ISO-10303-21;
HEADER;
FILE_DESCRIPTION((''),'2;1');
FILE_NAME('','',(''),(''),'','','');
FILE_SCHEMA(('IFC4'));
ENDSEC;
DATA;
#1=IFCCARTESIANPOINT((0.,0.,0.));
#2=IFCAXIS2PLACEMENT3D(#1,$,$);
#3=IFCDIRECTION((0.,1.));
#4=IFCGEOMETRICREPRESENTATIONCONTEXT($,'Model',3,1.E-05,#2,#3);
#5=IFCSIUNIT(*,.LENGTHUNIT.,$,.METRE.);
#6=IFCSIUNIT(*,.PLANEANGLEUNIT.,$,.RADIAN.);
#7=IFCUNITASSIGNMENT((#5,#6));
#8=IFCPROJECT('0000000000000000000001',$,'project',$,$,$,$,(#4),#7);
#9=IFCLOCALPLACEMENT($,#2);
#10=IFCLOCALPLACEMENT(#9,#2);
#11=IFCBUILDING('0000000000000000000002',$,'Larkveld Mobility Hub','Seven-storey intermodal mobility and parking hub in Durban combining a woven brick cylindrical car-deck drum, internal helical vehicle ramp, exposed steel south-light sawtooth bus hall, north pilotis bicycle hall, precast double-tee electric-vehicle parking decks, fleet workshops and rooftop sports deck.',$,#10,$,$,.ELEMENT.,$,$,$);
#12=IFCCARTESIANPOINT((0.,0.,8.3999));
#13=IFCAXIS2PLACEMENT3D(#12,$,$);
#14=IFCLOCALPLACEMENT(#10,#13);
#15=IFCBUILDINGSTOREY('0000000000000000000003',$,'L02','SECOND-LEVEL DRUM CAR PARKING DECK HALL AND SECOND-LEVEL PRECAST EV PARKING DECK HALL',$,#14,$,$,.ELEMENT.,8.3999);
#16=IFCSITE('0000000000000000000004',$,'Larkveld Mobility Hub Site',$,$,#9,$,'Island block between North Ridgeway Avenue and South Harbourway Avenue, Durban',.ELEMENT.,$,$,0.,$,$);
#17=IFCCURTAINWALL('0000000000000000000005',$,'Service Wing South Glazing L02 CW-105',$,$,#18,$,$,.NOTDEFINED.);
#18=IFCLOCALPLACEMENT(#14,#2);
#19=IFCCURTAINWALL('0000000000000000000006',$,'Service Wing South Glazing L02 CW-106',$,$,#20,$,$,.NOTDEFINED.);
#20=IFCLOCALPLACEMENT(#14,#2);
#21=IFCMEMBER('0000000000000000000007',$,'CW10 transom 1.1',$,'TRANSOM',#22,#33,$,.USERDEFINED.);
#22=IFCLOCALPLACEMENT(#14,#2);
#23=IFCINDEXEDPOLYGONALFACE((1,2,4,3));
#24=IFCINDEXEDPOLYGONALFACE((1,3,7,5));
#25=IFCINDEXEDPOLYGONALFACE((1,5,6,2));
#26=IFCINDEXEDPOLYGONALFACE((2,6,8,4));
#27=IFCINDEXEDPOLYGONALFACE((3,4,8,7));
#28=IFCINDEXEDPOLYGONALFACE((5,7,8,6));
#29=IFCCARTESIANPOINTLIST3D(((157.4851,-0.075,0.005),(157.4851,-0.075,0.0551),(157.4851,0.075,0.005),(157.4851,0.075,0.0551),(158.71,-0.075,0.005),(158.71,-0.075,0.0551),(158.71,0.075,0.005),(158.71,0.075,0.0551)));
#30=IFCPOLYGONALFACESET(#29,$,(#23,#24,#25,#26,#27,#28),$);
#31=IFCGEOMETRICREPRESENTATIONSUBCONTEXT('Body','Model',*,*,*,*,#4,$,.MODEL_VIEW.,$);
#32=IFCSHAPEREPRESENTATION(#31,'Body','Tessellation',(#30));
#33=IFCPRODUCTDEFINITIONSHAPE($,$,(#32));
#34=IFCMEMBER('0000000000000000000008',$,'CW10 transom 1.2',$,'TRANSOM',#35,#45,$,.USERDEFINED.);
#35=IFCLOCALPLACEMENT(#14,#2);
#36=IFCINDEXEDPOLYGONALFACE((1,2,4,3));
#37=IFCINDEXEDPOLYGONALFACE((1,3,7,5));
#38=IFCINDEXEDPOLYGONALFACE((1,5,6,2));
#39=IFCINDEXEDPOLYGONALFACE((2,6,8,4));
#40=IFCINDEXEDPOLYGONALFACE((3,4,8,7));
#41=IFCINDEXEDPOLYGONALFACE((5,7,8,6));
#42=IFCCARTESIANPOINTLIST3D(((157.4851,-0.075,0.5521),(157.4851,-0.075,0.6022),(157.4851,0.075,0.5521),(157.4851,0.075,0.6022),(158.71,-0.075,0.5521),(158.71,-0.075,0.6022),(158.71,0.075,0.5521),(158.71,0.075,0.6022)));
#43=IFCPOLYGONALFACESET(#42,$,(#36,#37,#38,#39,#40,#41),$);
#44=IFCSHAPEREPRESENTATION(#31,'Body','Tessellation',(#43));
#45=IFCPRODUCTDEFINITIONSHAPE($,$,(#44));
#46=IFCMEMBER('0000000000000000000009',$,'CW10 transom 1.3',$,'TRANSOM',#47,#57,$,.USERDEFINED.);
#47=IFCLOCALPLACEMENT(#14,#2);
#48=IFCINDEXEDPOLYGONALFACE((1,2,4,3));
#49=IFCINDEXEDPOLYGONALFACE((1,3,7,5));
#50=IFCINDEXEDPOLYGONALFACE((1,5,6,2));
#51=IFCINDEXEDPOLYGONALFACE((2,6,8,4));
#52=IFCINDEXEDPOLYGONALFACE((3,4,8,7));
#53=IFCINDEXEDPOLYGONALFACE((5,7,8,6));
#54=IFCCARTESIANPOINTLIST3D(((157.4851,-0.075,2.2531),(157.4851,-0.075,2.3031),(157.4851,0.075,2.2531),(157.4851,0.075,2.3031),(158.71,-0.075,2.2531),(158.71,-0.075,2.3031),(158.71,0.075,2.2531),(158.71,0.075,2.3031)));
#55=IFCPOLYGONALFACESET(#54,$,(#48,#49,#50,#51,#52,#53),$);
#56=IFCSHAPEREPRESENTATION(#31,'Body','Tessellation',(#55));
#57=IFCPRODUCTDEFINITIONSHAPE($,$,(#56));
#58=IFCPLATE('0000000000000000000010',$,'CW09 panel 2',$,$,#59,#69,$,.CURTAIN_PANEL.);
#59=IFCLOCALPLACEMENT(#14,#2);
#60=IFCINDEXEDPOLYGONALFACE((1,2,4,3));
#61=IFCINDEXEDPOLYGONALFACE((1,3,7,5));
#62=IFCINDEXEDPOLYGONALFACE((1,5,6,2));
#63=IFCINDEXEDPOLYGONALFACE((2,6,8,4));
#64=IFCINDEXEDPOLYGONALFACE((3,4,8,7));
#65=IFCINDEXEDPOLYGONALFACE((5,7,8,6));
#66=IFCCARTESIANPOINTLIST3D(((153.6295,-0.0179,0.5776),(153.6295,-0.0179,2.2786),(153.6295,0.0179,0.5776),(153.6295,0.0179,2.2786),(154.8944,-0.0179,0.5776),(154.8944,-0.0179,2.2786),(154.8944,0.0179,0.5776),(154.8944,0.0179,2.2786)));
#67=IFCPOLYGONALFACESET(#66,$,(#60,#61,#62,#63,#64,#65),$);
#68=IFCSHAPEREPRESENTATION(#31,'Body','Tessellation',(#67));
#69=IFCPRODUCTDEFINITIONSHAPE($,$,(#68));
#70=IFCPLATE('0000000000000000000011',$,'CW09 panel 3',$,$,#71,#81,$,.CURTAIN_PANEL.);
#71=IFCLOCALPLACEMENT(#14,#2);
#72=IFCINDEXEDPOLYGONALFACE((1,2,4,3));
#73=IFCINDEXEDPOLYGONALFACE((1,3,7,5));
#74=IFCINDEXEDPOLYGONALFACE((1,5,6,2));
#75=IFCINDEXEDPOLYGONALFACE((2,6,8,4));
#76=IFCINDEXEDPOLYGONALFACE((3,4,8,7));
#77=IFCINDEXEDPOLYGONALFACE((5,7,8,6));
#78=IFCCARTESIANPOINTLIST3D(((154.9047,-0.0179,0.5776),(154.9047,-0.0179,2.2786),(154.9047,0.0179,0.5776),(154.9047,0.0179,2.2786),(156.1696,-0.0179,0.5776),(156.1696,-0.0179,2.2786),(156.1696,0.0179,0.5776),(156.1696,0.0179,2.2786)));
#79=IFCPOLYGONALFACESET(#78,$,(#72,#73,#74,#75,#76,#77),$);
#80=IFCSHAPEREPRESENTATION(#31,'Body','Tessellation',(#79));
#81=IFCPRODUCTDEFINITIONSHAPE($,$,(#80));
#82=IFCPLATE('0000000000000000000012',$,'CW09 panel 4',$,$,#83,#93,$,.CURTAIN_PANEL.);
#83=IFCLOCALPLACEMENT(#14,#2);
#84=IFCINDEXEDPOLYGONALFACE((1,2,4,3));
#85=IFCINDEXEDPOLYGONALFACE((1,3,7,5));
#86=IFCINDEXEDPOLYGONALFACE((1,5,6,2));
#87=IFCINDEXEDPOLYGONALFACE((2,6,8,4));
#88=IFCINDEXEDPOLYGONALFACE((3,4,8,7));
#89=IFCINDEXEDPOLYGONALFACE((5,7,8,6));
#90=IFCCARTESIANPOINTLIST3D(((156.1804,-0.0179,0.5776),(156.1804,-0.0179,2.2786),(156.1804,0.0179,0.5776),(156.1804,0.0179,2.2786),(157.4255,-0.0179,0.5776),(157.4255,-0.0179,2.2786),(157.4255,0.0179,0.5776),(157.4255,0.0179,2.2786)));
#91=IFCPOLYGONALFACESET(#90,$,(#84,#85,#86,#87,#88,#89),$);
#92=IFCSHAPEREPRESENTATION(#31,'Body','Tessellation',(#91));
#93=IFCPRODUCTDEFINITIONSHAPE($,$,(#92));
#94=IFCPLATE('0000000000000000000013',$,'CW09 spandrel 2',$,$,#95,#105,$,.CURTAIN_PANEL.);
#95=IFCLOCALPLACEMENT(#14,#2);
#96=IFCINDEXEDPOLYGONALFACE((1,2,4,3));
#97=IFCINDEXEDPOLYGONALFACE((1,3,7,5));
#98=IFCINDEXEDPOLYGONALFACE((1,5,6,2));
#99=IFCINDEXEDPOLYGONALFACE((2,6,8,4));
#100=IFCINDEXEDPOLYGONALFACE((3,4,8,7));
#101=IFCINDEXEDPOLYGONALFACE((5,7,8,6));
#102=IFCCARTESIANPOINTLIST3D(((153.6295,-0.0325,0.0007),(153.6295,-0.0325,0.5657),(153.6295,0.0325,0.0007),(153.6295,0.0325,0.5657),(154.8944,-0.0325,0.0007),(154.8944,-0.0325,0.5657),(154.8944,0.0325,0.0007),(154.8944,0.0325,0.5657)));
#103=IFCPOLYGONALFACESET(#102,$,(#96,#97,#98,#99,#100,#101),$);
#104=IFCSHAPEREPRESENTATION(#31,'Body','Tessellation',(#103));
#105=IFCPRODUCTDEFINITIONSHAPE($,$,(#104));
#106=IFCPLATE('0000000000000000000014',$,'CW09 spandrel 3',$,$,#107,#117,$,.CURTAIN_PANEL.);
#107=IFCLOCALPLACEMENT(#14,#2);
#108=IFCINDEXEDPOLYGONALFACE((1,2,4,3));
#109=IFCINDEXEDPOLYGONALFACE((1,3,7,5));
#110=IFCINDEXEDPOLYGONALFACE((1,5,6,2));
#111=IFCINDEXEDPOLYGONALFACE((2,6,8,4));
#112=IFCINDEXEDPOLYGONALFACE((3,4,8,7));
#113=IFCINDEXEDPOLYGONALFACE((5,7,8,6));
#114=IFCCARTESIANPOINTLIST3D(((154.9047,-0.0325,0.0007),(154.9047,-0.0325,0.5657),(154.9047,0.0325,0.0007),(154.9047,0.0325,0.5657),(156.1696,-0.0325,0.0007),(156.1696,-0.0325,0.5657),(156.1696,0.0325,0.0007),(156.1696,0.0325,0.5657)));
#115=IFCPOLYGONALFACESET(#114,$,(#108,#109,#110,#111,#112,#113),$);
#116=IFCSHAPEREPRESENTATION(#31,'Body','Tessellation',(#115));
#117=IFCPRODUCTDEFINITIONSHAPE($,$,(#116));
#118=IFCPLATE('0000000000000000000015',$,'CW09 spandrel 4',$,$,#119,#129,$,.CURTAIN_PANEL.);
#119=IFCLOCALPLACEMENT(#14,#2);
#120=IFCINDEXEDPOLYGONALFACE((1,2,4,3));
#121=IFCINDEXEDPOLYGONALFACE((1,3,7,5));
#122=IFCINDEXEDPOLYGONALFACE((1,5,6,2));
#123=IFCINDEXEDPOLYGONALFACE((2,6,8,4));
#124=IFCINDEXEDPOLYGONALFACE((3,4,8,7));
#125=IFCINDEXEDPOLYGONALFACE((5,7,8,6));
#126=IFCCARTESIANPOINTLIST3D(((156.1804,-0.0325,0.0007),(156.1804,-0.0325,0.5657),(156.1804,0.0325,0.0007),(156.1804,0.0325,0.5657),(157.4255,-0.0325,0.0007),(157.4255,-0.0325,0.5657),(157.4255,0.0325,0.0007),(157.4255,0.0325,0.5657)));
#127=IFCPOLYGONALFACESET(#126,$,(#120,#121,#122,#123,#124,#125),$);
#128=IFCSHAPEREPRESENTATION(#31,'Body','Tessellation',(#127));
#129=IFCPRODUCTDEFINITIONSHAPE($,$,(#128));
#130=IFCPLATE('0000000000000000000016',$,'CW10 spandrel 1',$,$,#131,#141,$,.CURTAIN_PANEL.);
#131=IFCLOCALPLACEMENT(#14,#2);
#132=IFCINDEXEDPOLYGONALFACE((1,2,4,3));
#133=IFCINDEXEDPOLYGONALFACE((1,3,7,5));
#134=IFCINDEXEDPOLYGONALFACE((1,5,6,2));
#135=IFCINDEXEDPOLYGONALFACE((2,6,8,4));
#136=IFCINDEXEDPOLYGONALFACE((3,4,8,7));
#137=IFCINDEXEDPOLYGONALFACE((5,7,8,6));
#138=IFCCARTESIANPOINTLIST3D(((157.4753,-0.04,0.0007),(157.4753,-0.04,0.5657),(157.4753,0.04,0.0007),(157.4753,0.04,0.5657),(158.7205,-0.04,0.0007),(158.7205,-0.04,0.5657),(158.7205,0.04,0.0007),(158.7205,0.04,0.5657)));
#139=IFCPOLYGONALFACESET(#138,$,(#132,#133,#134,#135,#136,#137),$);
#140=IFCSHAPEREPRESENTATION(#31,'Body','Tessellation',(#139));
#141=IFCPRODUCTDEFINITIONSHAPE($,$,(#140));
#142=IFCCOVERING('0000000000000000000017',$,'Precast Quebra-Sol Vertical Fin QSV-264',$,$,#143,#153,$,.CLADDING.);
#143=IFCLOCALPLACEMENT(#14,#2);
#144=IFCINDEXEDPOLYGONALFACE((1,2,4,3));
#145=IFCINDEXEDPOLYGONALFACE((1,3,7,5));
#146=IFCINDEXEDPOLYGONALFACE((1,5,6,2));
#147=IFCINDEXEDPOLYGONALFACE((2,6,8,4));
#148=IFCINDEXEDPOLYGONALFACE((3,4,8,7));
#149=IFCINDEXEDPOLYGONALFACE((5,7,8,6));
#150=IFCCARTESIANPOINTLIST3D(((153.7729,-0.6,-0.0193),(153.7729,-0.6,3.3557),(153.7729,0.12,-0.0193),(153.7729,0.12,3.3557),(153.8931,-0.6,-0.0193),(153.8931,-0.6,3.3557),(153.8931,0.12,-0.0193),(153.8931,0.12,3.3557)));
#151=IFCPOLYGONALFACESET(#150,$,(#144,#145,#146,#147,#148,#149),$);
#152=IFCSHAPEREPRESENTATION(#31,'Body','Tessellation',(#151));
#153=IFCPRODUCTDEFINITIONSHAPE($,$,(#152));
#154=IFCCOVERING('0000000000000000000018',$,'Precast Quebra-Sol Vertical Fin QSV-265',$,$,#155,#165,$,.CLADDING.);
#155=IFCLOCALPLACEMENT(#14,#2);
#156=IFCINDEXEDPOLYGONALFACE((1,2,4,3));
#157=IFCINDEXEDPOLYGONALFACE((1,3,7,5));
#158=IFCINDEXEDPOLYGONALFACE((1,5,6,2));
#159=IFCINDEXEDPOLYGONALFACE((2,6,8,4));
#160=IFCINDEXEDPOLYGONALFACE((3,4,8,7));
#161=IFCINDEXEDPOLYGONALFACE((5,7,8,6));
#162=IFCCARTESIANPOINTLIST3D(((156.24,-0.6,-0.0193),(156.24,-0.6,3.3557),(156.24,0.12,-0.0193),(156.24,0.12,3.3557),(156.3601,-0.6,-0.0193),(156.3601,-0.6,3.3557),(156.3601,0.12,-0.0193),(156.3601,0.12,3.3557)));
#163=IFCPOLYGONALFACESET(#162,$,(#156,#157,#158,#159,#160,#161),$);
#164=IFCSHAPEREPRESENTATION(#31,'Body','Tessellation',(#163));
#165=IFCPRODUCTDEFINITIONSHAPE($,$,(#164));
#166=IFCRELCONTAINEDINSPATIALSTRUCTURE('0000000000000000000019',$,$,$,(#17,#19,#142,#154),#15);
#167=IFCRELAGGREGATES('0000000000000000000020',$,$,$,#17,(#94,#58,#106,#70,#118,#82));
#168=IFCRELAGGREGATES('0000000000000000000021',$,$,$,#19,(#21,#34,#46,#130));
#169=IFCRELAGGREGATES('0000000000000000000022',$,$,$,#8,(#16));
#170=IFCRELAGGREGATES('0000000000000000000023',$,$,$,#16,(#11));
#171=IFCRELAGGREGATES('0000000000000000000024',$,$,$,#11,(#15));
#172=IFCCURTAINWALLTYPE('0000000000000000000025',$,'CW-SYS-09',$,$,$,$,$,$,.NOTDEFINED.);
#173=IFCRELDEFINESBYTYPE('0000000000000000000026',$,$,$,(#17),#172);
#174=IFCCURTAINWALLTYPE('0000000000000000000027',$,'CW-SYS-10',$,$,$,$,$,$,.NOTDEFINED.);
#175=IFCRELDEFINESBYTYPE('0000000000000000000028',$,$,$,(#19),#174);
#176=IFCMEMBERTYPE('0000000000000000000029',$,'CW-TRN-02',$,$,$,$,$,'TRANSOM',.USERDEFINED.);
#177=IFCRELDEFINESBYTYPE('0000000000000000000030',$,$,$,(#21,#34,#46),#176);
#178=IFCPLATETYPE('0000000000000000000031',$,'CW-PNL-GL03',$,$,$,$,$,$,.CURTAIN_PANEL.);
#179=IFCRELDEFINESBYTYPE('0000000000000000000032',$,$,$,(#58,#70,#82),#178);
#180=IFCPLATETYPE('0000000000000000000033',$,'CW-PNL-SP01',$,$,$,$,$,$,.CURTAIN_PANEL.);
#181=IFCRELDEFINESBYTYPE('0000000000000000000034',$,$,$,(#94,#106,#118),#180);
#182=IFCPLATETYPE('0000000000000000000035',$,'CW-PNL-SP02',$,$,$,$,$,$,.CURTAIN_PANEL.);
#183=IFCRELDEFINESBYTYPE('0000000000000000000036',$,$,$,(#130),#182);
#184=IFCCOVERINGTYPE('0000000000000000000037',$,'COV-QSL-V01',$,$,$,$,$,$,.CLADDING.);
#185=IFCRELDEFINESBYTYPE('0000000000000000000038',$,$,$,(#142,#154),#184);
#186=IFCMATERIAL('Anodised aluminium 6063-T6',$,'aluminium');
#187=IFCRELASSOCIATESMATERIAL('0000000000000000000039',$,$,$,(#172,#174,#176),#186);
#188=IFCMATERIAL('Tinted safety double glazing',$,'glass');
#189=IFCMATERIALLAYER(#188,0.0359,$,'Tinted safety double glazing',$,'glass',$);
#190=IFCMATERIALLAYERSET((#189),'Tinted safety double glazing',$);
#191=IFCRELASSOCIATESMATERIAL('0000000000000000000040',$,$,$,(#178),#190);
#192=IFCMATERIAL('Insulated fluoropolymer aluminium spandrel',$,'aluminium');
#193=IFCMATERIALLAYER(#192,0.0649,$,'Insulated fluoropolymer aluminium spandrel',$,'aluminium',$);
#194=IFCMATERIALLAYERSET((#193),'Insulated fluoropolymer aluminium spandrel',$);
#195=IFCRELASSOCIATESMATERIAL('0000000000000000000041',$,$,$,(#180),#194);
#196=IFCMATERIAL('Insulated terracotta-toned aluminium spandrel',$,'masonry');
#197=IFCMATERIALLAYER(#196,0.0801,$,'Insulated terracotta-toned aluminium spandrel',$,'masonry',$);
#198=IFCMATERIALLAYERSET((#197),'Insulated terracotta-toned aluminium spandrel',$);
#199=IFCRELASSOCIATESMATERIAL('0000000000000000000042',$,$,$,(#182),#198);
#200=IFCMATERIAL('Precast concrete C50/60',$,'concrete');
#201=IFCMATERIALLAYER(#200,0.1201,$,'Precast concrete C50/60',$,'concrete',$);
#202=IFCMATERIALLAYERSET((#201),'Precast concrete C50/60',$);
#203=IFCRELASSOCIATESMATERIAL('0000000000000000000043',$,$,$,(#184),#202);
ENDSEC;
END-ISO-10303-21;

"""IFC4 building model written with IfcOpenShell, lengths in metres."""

from ifc_helpers import new_model, si_unit, direction, frame, origin, origin_2d, place, context, subcontext, project, spatial, rectangle, extrude, material, layer, layer_set, material_profile, profile_set, type_object, element, aggregate, save


model = new_model("IFC4")

# Units and contexts
model_context = context("Model", 3, precision=1e-05, world=origin(), true_north=direction((0.0, 1.0)))
body_context = subcontext(model_context, "Body", "Model", "MODEL_VIEW")
ifc_project = project(units=[si_unit("LENGTHUNIT", "METRE"), si_unit("PLANEANGLEUNIT", "RADIAN")], contexts=[model_context])

# Site, building, storey
site_placement = place(None, origin())
site = spatial("IfcSite", under=ifc_project, at=site_placement, Name="Larkveld Mobility Hub Site", LongName="Island block between North Ridgeway Avenue and South Harbourway Avenue, Durban", CompositionType="ELEMENT", RefElevation=0.0)
building_placement = place(site_placement, origin())
building = spatial("IfcBuilding", under=site, at=building_placement, Name="Larkveld Mobility Hub", Description="Seven-storey intermodal mobility and parking hub in Durban combining a woven brick cylindrical car-deck drum, internal helical vehicle ramp, exposed steel south-light sawtooth bus hall, north pilotis bicycle hall, precast double-tee electric-vehicle parking decks, fleet workshops and rooftop sports deck.", CompositionType="ELEMENT")
storey_placement = place(building_placement, frame((0.0, 0.0, 8.3999)))
storey = spatial("IfcBuildingStorey", under=building, at=storey_placement, Name="L02", Description="SECOND-LEVEL DRUM CAR PARKING DECK HALL AND SECOND-LEVEL PRECAST EV PARKING DECK HALL", CompositionType="ELEMENT", Elevation=8.3999)

# Curtain wall
ifc_material_1 = material(Name="Anodised aluminium 6063-T6", Category="aluminium")
curtain_wall_type_1 = type_object("IfcCurtainWallType", Name="CW-SYS-09", PredefinedType="NOTDEFINED", material=ifc_material_1)
curtain_wall_1_placement = place(storey_placement, origin())
curtain_wall_1 = element("IfcCurtainWall", 1, at=curtain_wall_1_placement, inside=storey, type_object=curtain_wall_type_1, Name="Service Wing South Glazing L02 CW-105", PredefinedType="NOTDEFINED")

# Curtain wall
curtain_wall_type_2 = type_object("IfcCurtainWallType", Name="CW-SYS-10", PredefinedType="NOTDEFINED", material=ifc_material_1)
curtain_wall_2_placement = place(storey_placement, origin())
curtain_wall_2 = element("IfcCurtainWall", 2, at=curtain_wall_2_placement, inside=storey, type_object=curtain_wall_type_2, Name="Service Wing South Glazing L02 CW-106", PredefinedType="NOTDEFINED")

# Members
ifc_material_profile_1 = material_profile(ifc_material_1, rectangle(XDim=0.1499, YDim=0.05, at=origin_2d()), Name="ALU TRAN 50x150")
ifc_profile_set_1 = profile_set([ifc_material_profile_1], Name="Anodised aluminium 6063-T6")
member_type_1 = type_object("IfcMemberType", Name="CW-TRN-02", ElementType="TRANSOM", PredefinedType="USERDEFINED", material=ifc_profile_set_1)
member_1_placement = place(storey_placement, frame((157.4851, 0.0, 0.03), z_axis=(1.0, 0.0, 0.0), x_axis=(0.0, 1.0, 0.0)))
member_1 = element("IfcMember", 3, at=member_1_placement, type_object=member_type_1, Name="CW10 transom 1.1", ObjectType="TRANSOM", PredefinedType="USERDEFINED", context=body_context, shape_type="SweptSolid", body=[
    extrude(rectangle(XDim=0.1499, YDim=0.05, at=origin_2d()), origin(), (0.0, 0.0, 1.0), 1.2249),
])
member_2_placement = place(storey_placement, frame((157.4851, 0.0, 0.5771), z_axis=(1.0, 0.0, 0.0), x_axis=(0.0, 1.0, 0.0)))
member_2 = element("IfcMember", 4, at=member_2_placement, type_object=member_type_1, Name="CW10 transom 1.2", ObjectType="TRANSOM", PredefinedType="USERDEFINED", context=body_context, shape_type="SweptSolid", body=[
    extrude(rectangle(XDim=0.1499, YDim=0.05, at=origin_2d()), origin(), (0.0, 0.0, 1.0), 1.2249),
])
member_3_placement = place(storey_placement, frame((157.4851, 0.0, 2.2781), z_axis=(1.0, 0.0, 0.0), x_axis=(0.0, 1.0, 0.0)))
member_3 = element("IfcMember", 5, at=member_3_placement, type_object=member_type_1, Name="CW10 transom 1.3", ObjectType="TRANSOM", PredefinedType="USERDEFINED", context=body_context, shape_type="SweptSolid", body=[
    extrude(rectangle(XDim=0.1499, YDim=0.05, at=origin_2d()), origin(), (0.0, 0.0, 1.0), 1.2249),
])

# Plates
ifc_material_2 = material(Name="Tinted safety double glazing", Category="glass")
ifc_layer_1 = layer(ifc_material_2, 0.0359, Name="Tinted safety double glazing", Category="glass")
ifc_layer_set_1 = layer_set([ifc_layer_1], Name="Tinted safety double glazing")
plate_type_1 = type_object("IfcPlateType", Name="CW-PNL-GL03", PredefinedType="CURTAIN_PANEL", material=ifc_layer_set_1)
plate_1_placement = place(storey_placement, frame((154.262, 0.0, 0.5776), z_axis=(0.0, 0.0, 1.0), x_axis=(1.0, 0.0, 0.0)))
plate_1 = element("IfcPlate", 6, at=plate_1_placement, type_object=plate_type_1, Name="CW09 panel 2", PredefinedType="CURTAIN_PANEL", context=body_context, shape_type="SweptSolid", body=[
    extrude(rectangle(XDim=1.2649, YDim=0.0359, at=origin_2d()), origin(), (0.0, 0.0, 1.0), 1.7009),
])
plate_2_placement = place(storey_placement, frame((155.5371, 0.0, 0.5776), z_axis=(0.0, 0.0, 1.0), x_axis=(1.0, 0.0, 0.0)))
plate_2 = element("IfcPlate", 7, at=plate_2_placement, type_object=plate_type_1, Name="CW09 panel 3", PredefinedType="CURTAIN_PANEL", context=body_context, shape_type="SweptSolid", body=[
    extrude(rectangle(XDim=1.2649, YDim=0.0359, at=origin_2d()), origin(), (0.0, 0.0, 1.0), 1.7009),
])
plate_3_placement = place(storey_placement, frame((156.803, 0.0, 0.5776), z_axis=(0.0, 0.0, 1.0), x_axis=(1.0, 0.0, 0.0)))
plate_3 = element("IfcPlate", 8, at=plate_3_placement, type_object=plate_type_1, Name="CW09 panel 4", PredefinedType="CURTAIN_PANEL", context=body_context, shape_type="SweptSolid", body=[
    extrude(rectangle(XDim=1.2451, YDim=0.0359, at=origin_2d()), origin(), (0.0, 0.0, 1.0), 1.7009),
])
ifc_material_3 = material(Name="Insulated fluoropolymer aluminium spandrel", Category="aluminium")
ifc_layer_2 = layer(ifc_material_3, 0.0649, Name="Insulated fluoropolymer aluminium spandrel", Category="aluminium")
ifc_layer_set_2 = layer_set([ifc_layer_2], Name="Insulated fluoropolymer aluminium spandrel")
plate_type_2 = type_object("IfcPlateType", Name="CW-PNL-SP01", PredefinedType="CURTAIN_PANEL", material=ifc_layer_set_2)
plate_4_placement = place(storey_placement, frame((154.262, 0.0, 0.0007), z_axis=(0.0, 0.0, 1.0), x_axis=(1.0, 0.0, 0.0)))
plate_4 = element("IfcPlate", 9, at=plate_4_placement, type_object=plate_type_2, Name="CW09 spandrel 2", PredefinedType="CURTAIN_PANEL", context=body_context, shape_type="SweptSolid", body=[
    extrude(rectangle(XDim=1.2649, YDim=0.0649, at=origin_2d()), origin(), (0.0, 0.0, 1.0), 0.5649),
])
plate_5_placement = place(storey_placement, frame((155.5371, 0.0, 0.0007), z_axis=(0.0, 0.0, 1.0), x_axis=(1.0, 0.0, 0.0)))
plate_5 = element("IfcPlate", 10, at=plate_5_placement, type_object=plate_type_2, Name="CW09 spandrel 3", PredefinedType="CURTAIN_PANEL", context=body_context, shape_type="SweptSolid", body=[
    extrude(rectangle(XDim=1.2649, YDim=0.0649, at=origin_2d()), origin(), (0.0, 0.0, 1.0), 0.5649),
])
plate_6_placement = place(storey_placement, frame((156.803, 0.0, 0.0007), z_axis=(0.0, 0.0, 1.0), x_axis=(1.0, 0.0, 0.0)))
plate_6 = element("IfcPlate", 11, at=plate_6_placement, type_object=plate_type_2, Name="CW09 spandrel 4", PredefinedType="CURTAIN_PANEL", context=body_context, shape_type="SweptSolid", body=[
    extrude(rectangle(XDim=1.2451, YDim=0.0649, at=origin_2d()), origin(), (0.0, 0.0, 1.0), 0.5649),
])
aggregate(curtain_wall_1, [plate_4, plate_1, plate_5, plate_2, plate_6, plate_3])
ifc_material_4 = material(Name="Insulated terracotta-toned aluminium spandrel", Category="masonry")
ifc_layer_3 = layer(ifc_material_4, 0.0801, Name="Insulated terracotta-toned aluminium spandrel", Category="masonry")
ifc_layer_set_3 = layer_set([ifc_layer_3], Name="Insulated terracotta-toned aluminium spandrel")
plate_type_3 = type_object("IfcPlateType", Name="CW-PNL-SP02", PredefinedType="CURTAIN_PANEL", material=ifc_layer_set_3)
plate_7_placement = place(storey_placement, frame((158.0979, 0.0, 0.0007), z_axis=(0.0, 0.0, 1.0), x_axis=(1.0, 0.0, 0.0)))
plate_7 = element("IfcPlate", 12, at=plate_7_placement, type_object=plate_type_3, Name="CW10 spandrel 1", PredefinedType="CURTAIN_PANEL", context=body_context, shape_type="SweptSolid", body=[
    extrude(rectangle(XDim=1.2451, YDim=0.0801, at=origin_2d()), origin(), (0.0, 0.0, 1.0), 0.5649),
])
aggregate(curtain_wall_2, [member_1, member_2, member_3, plate_7])

# Coverings
ifc_material_5 = material(Name="Precast concrete C50/60", Category="concrete")
ifc_layer_4 = layer(ifc_material_5, 0.1201, Name="Precast concrete C50/60", Category="concrete")
ifc_layer_set_4 = layer_set([ifc_layer_4], Name="Precast concrete C50/60")
covering_type = type_object("IfcCoveringType", Name="COV-QSL-V01", PredefinedType="CLADDING", material=ifc_layer_set_4)
for number, where, z_axis, x_axis, name in (
    (13, (153.833, -0.24, -0.0193), (0.0, 0.0, 1.0), (1.0, 0.0, 0.0), "Precast Quebra-Sol Vertical Fin QSV-264"),
    (14, (156.3, -0.24, -0.0193), (0.0, 0.0, 1.0), (1.0, 0.0, 0.0), "Precast Quebra-Sol Vertical Fin QSV-265"),
):
    element("IfcCovering", number, at=place(storey_placement, frame(where, z_axis=z_axis, x_axis=x_axis)), inside=storey, type_object=covering_type, Name=name, PredefinedType="CLADDING", context=body_context, shape_type="SweptSolid", body=[
        extrude(rectangle(XDim=0.1201, YDim=0.72, at=origin_2d()), origin(), (0.0, 0.0, 1.0), 3.375),
    ])

save(model, "model.ifc")
